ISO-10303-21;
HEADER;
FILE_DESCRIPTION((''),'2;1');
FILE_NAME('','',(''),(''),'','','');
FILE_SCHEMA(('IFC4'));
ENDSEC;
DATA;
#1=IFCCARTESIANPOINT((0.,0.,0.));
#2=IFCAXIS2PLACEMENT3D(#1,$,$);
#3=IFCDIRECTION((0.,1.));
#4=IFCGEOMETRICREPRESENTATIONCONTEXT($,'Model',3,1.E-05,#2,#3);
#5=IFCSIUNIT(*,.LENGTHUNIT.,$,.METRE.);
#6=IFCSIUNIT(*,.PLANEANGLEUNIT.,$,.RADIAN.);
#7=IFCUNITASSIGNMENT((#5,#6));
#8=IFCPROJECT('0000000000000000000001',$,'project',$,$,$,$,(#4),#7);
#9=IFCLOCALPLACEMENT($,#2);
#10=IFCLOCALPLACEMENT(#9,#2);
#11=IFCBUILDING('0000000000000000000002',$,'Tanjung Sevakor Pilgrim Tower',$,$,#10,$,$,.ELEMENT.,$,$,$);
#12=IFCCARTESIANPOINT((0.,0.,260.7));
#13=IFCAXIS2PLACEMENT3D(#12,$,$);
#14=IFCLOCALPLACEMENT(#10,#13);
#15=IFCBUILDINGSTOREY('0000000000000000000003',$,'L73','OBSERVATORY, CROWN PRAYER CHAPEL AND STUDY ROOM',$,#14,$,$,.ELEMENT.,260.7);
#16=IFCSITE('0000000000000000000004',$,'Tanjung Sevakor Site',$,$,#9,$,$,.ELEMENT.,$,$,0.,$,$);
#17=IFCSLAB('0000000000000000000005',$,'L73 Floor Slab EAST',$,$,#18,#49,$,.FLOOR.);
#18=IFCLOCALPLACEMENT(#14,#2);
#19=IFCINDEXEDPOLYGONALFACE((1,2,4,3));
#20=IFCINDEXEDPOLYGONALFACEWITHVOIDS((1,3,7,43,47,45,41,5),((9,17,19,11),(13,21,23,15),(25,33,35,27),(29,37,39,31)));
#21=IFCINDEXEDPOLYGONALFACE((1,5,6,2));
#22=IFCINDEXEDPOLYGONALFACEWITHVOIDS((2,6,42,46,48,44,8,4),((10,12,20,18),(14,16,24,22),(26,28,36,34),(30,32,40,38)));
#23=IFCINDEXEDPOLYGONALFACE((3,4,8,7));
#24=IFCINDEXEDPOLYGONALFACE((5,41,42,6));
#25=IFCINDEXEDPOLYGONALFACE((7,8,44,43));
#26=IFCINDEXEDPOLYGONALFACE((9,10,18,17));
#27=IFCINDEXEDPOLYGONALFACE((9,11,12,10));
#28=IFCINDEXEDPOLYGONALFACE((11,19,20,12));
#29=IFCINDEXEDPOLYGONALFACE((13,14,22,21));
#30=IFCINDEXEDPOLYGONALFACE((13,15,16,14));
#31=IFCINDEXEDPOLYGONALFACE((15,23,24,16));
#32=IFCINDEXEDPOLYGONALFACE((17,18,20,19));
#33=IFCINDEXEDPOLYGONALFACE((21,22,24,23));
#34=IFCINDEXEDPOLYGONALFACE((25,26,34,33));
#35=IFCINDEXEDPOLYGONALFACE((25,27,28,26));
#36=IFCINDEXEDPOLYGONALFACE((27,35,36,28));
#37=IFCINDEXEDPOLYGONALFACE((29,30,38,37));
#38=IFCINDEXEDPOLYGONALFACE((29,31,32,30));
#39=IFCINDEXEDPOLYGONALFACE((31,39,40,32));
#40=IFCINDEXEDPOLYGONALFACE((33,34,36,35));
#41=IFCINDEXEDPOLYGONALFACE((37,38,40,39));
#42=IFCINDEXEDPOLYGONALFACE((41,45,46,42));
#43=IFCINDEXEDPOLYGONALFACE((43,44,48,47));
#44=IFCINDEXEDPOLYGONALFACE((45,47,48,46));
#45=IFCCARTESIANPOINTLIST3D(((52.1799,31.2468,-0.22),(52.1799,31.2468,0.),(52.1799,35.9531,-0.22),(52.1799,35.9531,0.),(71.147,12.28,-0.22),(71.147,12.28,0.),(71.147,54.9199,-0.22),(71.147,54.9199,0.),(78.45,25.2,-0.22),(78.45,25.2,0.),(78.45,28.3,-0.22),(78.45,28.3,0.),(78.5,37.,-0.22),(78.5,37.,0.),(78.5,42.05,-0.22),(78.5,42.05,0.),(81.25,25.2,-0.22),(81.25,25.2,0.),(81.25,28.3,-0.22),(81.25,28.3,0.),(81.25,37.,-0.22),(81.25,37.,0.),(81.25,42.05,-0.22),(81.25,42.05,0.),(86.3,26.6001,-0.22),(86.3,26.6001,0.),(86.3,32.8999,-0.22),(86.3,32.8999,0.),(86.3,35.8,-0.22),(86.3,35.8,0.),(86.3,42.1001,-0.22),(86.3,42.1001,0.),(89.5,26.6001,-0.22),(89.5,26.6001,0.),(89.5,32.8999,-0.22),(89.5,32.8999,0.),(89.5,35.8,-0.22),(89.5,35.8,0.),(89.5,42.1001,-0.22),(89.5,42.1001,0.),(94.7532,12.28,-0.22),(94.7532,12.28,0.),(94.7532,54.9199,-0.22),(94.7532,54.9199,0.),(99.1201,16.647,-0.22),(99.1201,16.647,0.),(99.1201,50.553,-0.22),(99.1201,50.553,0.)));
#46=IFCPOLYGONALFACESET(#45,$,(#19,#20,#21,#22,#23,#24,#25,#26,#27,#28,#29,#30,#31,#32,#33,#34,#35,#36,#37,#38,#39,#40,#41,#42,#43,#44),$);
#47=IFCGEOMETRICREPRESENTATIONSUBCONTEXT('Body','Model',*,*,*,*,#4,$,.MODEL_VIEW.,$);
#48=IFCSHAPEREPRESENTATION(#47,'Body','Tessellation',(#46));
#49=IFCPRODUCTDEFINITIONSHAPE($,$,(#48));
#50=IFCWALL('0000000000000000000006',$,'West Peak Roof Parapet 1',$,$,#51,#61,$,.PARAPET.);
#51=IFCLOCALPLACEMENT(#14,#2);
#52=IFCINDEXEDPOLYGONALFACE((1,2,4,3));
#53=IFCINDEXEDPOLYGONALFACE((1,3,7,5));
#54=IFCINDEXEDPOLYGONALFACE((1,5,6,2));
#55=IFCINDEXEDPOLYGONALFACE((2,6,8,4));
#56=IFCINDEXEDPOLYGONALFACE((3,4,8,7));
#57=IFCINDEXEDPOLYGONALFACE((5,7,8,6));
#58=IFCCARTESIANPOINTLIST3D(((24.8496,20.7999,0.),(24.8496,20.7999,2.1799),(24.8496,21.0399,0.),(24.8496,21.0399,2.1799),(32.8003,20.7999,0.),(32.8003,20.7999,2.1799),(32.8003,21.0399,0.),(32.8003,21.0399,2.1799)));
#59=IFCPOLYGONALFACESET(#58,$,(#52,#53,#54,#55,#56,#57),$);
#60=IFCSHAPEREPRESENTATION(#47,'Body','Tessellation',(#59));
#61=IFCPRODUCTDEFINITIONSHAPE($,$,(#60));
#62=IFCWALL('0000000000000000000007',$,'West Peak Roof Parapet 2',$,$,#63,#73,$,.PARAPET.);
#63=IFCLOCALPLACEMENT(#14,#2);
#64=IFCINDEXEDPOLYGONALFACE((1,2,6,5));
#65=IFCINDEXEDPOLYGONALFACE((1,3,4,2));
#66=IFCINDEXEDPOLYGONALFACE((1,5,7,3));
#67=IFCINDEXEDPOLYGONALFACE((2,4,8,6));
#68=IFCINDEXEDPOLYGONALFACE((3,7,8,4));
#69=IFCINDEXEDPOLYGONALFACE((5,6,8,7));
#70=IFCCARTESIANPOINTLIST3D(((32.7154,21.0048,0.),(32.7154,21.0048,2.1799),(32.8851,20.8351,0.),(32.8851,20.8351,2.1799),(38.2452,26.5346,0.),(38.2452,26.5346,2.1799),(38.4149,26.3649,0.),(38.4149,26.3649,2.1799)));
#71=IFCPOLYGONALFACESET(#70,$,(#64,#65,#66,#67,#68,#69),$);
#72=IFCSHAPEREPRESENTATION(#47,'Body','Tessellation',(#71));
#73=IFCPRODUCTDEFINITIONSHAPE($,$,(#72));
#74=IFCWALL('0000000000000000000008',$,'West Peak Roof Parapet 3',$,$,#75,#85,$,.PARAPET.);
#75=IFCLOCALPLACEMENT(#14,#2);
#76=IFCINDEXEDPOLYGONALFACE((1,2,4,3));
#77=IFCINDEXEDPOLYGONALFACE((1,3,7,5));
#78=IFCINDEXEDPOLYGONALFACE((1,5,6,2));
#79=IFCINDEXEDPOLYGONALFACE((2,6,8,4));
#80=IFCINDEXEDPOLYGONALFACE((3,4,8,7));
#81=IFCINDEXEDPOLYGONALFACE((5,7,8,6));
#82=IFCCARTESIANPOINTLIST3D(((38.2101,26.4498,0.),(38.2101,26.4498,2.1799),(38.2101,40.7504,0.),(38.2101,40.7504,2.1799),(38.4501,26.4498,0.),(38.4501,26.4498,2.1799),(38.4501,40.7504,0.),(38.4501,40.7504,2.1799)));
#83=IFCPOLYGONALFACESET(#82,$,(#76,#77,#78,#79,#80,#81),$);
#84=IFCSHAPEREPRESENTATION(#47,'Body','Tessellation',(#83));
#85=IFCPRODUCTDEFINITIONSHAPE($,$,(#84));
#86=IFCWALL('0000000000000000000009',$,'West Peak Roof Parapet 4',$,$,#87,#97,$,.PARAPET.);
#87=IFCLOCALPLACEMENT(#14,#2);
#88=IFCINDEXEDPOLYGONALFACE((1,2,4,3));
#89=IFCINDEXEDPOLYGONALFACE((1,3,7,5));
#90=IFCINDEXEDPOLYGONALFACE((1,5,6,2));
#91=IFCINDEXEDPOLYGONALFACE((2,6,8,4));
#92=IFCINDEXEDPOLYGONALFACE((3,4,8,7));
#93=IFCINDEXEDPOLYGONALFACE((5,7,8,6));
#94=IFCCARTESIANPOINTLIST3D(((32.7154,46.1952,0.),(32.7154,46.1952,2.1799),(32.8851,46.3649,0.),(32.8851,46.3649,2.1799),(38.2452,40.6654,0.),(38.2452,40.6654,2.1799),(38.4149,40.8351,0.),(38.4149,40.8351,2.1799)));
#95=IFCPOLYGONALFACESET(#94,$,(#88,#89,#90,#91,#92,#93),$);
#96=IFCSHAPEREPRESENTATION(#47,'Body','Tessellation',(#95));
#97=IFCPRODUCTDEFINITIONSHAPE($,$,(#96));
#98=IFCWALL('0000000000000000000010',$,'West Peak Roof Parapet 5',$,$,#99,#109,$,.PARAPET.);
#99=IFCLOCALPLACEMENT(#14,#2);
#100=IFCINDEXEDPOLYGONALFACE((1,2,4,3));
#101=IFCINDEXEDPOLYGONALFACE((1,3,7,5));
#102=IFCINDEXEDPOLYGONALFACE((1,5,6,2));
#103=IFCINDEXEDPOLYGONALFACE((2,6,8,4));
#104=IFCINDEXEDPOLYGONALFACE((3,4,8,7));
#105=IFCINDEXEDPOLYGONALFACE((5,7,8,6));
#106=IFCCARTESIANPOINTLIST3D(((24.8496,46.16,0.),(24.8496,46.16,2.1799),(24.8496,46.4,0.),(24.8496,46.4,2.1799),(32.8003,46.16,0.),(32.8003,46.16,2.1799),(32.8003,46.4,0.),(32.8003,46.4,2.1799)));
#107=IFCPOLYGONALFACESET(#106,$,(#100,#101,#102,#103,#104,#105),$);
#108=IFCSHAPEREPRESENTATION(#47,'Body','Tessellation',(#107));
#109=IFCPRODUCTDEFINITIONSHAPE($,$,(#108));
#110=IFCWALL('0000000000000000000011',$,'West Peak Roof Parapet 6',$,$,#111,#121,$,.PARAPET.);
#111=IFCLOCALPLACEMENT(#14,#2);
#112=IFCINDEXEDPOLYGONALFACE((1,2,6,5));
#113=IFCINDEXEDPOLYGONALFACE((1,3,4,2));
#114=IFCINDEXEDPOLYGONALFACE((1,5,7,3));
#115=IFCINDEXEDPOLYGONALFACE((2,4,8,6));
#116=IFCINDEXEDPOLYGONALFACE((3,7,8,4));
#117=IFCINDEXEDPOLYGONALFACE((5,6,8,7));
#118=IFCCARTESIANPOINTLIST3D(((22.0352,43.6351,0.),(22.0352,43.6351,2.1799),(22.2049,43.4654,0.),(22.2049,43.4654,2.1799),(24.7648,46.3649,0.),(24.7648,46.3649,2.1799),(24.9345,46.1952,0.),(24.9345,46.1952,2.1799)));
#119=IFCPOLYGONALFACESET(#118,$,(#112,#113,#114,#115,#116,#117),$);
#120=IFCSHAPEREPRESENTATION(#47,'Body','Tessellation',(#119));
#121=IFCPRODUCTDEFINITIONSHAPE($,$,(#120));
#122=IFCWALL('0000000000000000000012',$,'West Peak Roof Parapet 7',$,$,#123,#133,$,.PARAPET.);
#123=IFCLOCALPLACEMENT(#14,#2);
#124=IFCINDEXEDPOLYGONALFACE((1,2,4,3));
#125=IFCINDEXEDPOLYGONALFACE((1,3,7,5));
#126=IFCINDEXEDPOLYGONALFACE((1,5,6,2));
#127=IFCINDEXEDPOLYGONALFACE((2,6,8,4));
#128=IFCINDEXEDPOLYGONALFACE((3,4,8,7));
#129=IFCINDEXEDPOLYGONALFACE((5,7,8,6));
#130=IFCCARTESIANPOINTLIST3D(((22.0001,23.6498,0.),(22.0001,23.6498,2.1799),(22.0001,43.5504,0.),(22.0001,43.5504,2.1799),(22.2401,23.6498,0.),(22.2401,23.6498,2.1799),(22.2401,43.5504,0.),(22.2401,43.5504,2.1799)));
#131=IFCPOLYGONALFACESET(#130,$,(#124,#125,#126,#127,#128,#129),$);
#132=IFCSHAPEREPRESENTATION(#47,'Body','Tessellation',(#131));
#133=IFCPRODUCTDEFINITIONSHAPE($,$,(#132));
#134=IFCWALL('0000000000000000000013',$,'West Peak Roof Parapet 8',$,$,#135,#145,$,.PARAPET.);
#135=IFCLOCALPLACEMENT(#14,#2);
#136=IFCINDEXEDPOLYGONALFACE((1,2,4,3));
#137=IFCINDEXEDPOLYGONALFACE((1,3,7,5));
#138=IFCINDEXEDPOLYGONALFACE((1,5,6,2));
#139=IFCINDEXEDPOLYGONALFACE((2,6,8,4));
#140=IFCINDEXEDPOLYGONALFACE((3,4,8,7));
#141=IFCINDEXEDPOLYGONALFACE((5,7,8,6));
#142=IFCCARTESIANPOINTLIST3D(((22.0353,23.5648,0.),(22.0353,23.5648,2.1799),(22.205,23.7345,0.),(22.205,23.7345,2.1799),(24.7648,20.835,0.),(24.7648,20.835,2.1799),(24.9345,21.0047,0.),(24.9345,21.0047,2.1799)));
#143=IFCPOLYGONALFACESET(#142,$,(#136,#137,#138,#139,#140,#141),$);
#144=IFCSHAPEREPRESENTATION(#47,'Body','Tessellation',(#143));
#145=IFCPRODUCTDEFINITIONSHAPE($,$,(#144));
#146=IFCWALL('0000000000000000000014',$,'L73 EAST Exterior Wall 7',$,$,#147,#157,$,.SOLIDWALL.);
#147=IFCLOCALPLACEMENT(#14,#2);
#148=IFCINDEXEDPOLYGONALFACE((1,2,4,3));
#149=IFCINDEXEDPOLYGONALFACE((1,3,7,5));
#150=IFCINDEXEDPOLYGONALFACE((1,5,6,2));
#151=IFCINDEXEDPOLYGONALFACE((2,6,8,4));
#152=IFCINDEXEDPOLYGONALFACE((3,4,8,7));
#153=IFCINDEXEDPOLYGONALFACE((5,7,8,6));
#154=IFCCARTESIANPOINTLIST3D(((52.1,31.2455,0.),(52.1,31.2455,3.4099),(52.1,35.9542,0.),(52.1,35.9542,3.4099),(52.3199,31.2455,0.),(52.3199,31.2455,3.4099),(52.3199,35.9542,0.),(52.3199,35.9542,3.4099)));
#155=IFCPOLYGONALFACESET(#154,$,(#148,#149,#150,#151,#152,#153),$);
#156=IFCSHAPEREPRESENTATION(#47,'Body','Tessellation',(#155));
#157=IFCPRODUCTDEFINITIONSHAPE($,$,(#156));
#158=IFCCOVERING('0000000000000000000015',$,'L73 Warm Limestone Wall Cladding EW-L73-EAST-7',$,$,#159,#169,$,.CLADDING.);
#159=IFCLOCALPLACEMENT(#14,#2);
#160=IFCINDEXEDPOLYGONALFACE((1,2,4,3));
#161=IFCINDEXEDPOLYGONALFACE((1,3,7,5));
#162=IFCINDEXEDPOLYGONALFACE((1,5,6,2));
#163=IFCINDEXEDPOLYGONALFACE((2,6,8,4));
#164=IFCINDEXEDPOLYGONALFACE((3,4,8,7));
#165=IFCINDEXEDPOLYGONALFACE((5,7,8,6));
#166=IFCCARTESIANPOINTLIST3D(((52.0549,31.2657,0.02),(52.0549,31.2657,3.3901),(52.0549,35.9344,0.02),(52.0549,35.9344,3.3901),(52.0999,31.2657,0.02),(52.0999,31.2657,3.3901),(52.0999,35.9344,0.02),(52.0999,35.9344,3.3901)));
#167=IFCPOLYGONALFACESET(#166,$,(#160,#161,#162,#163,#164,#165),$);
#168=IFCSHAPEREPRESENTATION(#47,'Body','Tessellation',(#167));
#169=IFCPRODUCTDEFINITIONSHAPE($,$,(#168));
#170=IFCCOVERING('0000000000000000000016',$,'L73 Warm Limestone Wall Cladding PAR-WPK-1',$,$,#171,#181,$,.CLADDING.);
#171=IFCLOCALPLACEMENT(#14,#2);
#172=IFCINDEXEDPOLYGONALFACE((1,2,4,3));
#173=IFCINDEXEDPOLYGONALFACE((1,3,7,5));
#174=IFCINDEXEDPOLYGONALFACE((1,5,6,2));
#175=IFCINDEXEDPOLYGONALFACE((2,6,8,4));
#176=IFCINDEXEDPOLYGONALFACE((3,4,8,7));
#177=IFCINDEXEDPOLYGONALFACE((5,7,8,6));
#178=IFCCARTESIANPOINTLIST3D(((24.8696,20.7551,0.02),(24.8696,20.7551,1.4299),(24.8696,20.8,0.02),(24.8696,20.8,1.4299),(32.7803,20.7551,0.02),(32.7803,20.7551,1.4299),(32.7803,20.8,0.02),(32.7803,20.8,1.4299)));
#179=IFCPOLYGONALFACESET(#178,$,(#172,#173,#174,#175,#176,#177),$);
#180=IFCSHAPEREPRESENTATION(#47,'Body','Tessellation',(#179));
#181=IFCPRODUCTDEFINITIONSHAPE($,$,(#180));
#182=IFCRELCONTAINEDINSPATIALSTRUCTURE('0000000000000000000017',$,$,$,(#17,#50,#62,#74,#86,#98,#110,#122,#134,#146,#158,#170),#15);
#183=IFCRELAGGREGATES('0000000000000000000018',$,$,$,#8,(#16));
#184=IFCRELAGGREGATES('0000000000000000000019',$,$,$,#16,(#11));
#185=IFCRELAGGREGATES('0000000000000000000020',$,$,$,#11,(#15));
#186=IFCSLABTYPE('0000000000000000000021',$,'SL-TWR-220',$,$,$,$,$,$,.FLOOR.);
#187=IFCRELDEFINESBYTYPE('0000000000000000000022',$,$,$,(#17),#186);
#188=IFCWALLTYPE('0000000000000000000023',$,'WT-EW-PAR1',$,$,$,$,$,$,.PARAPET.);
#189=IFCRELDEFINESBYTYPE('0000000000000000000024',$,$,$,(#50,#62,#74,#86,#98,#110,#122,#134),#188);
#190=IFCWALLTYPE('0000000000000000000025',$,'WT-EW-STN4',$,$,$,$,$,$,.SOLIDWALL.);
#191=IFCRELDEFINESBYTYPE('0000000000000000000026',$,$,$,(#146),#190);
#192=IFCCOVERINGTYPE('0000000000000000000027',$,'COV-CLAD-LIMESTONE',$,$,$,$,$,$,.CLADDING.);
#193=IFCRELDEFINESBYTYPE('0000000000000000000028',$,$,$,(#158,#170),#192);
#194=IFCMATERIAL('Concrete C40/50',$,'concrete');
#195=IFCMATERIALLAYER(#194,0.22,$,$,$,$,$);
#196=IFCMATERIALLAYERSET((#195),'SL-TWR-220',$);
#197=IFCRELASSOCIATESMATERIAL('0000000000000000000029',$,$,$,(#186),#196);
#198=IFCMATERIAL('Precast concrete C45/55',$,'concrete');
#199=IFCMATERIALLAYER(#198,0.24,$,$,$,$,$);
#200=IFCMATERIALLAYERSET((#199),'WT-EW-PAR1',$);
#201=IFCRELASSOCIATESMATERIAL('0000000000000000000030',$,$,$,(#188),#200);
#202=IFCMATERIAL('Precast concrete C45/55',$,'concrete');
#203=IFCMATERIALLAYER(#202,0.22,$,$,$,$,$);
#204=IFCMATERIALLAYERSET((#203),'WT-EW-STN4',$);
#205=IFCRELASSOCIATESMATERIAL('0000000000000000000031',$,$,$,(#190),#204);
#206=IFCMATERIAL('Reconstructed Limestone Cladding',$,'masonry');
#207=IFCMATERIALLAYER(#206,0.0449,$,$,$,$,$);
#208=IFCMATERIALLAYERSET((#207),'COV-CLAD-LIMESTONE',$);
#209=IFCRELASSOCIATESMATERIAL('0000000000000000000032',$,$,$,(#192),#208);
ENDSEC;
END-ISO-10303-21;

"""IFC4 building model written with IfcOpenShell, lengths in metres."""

from ifc_helpers import new_model, si_unit, direction, frame, frame_2d, origin, origin_2d, place, context, subcontext, project, spatial, polyline, rectangle, outline, extrude, material, layer, layer_set, type_object, element, save


model = new_model("IFC4")

# Units and contexts
model_context = context("Model", 3, precision=1e-05, world=origin(), true_north=direction((0.0, 1.0)))
body_context = subcontext(model_context, "Body", "Model", "MODEL_VIEW")
ifc_project = project(units=[si_unit("LENGTHUNIT", "METRE"), si_unit("PLANEANGLEUNIT", "RADIAN")], contexts=[model_context])

# Site, building, storey
site_placement = place(None, origin())
site = spatial("IfcSite", under=ifc_project, at=site_placement, Name="Tanjung Sevakor Site", CompositionType="ELEMENT", RefElevation=0.0)
building_placement = place(site_placement, origin())
building = spatial("IfcBuilding", under=site, at=building_placement, Name="Tanjung Sevakor Pilgrim Tower", CompositionType="ELEMENT")
storey_placement = place(building_placement, frame((0.0, 0.0, 260.7)))
storey = spatial("IfcBuildingStorey", under=building, at=storey_placement, Name="L73", Description="OBSERVATORY, CROWN PRAYER CHAPEL AND STUDY ROOM", CompositionType="ELEMENT", Elevation=260.7)

# Slab
ifc_material_1 = material(Name="Concrete C40/50", Category="concrete")
ifc_layer_1 = layer(ifc_material_1, 0.22)
ifc_layer_set_1 = layer_set([ifc_layer_1], Name="SL-TWR-220")
slab_type_1 = type_object("IfcSlabType", Name="SL-TWR-220", PredefinedType="FLOOR", material=ifc_layer_set_1)
slab_1_placement = place(storey_placement, frame((0.0, 0.0, -0.22)))
element("IfcSlab", 1, at=slab_1_placement, inside=storey, type_object=slab_type_1, Name="L73 Floor Slab EAST", PredefinedType="FLOOR", context=body_context, shape_type="SweptSolid", body=[
    extrude(outline(polyline([(71.147, 12.28), (94.7532, 12.28), (99.1201, 16.647), (99.1201, 50.553), (94.7532, 54.9199), (71.147, 54.9199), (52.1799, 35.9531), (52.1799, 31.2468), (71.147, 12.28)]), holes=[polyline([(89.5, 26.6001), (89.5, 32.8999), (86.3, 32.8999), (86.3, 26.6001), (89.5, 26.6001)]), polyline([(89.5, 35.8), (89.5, 42.1001), (86.3, 42.1001), (86.3, 35.8), (89.5, 35.8)]), polyline([(78.45, 25.2), (81.25, 25.2), (81.25, 28.3), (78.45, 28.3), (78.45, 25.2)]), polyline([(78.5, 37.0), (81.25, 37.0), (81.25, 42.05), (78.5, 42.05), (78.5, 37.0)])]), origin(), (0.0, 0.0, 1.0), 0.22),
])

# Walls
ifc_material_2 = material(Name="Precast concrete C45/55", Category="concrete")
ifc_layer_2 = layer(ifc_material_2, 0.24)
ifc_layer_set_2 = layer_set([ifc_layer_2], Name="WT-EW-PAR1")
wall_type_1 = type_object("IfcWallType", Name="WT-EW-PAR1", PredefinedType="PARAPET", material=ifc_layer_set_2)
wall_1_placement = place(storey_placement, frame((24.8496, 20.9199, 0.0), z_axis=(0.0, 0.0, 1.0), x_axis=(1.0, 0.0, 0.0)))
element("IfcWall", 2, at=wall_1_placement, inside=storey, type_object=wall_type_1, Name="West Peak Roof Parapet 1", PredefinedType="PARAPET", context=body_context, shape_type="SweptSolid", body=[
    extrude(rectangle(XDim=7.9507, YDim=0.24, at=frame_2d((3.9753, 0.0))), origin(), (0.0, 0.0, 1.0), 2.1799),
])
wall_2_placement = place(storey_placement, frame((32.8003, 20.9199, 0.0), z_axis=(0.0, 0.0, 1.0), x_axis=(0.707107, 0.707107, 0.0)))
element("IfcWall", 3, at=wall_2_placement, inside=storey, type_object=wall_type_1, Name="West Peak Roof Parapet 2", PredefinedType="PARAPET", context=body_context, shape_type="SweptSolid", body=[
    extrude(rectangle(XDim=7.8203, YDim=0.24, at=frame_2d((3.9102, 0.0))), origin(), (0.0, 0.0, 1.0), 2.1799),
])
wall_3_placement = place(storey_placement, frame((38.3301, 26.4497, 0.0), z_axis=(0.0, 0.0, 1.0), x_axis=(0.0, 1.0, 0.0)))
element("IfcWall", 4, at=wall_3_placement, inside=storey, type_object=wall_type_1, Name="West Peak Roof Parapet 3", PredefinedType="PARAPET", context=body_context, shape_type="SweptSolid", body=[
    extrude(rectangle(XDim=14.3005, YDim=0.24, at=frame_2d((7.1504, 0.0))), origin(), (0.0, 0.0, 1.0), 2.1799),
])
wall_4_placement = place(storey_placement, frame((38.3301, 40.7502, 0.0), z_axis=(0.0, 0.0, 1.0), x_axis=(-0.707107, 0.707107, 0.0)))
element("IfcWall", 5, at=wall_4_placement, inside=storey, type_object=wall_type_1, Name="West Peak Roof Parapet 4", PredefinedType="PARAPET", context=body_context, shape_type="SweptSolid", body=[
    extrude(rectangle(XDim=7.8203, YDim=0.24, at=frame_2d((3.9102, 0.0))), origin(), (0.0, 0.0, 1.0), 2.1799),
])
wall_5_placement = place(storey_placement, frame((32.8003, 46.28, 0.0), z_axis=(0.0, 0.0, 1.0), x_axis=(-1.0, 0.0, 0.0)))
element("IfcWall", 6, at=wall_5_placement, inside=storey, type_object=wall_type_1, Name="West Peak Roof Parapet 5", PredefinedType="PARAPET", context=body_context, shape_type="SweptSolid", body=[
    extrude(rectangle(XDim=7.9507, YDim=0.24, at=frame_2d((3.9753, 0.0))), origin(), (0.0, 0.0, 1.0), 2.1799),
])
wall_6_placement = place(storey_placement, frame((24.8496, 46.28, 0.0), z_axis=(0.0, 0.0, 1.0), x_axis=(-0.707075, -0.707138, 0.0)))
element("IfcWall", 7, at=wall_6_placement, inside=storey, type_object=wall_type_1, Name="West Peak Roof Parapet 6", PredefinedType="PARAPET", context=body_context, shape_type="SweptSolid", body=[
    extrude(rectangle(XDim=3.8604, YDim=0.24, at=frame_2d((1.9302, 0.0))), origin(), (0.0, 0.0, 1.0), 2.1799),
])
wall_7_placement = place(storey_placement, frame((22.1201, 43.5503, 0.0), z_axis=(0.0, 0.0, 1.0), x_axis=(0.0, -1.0, 0.0)))
element("IfcWall", 8, at=wall_7_placement, inside=storey, type_object=wall_type_1, Name="West Peak Roof Parapet 7", PredefinedType="PARAPET", context=body_context, shape_type="SweptSolid", body=[
    extrude(rectangle(XDim=19.9006, YDim=0.24, at=frame_2d((9.9502, 0.0))), origin(), (0.0, 0.0, 1.0), 2.1799),
])
wall_8_placement = place(storey_placement, frame((22.1201, 23.6497, 0.0), z_axis=(0.0, 0.0, 1.0), x_axis=(0.707075, -0.707138, 0.0)))
element("IfcWall", 9, at=wall_8_placement, inside=storey, type_object=wall_type_1, Name="West Peak Roof Parapet 8", PredefinedType="PARAPET", context=body_context, shape_type="SweptSolid", body=[
    extrude(rectangle(XDim=3.8604, YDim=0.24, at=frame_2d((1.9302, 0.0))), origin(), (0.0, 0.0, 1.0), 2.1799),
])
ifc_material_3 = material(Name="Precast concrete C45/55", Category="concrete")
ifc_layer_3 = layer(ifc_material_3, 0.22)
ifc_layer_set_3 = layer_set([ifc_layer_3], Name="WT-EW-STN4")
wall_type_2 = type_object("IfcWallType", Name="WT-EW-STN4", PredefinedType="SOLIDWALL", material=ifc_layer_set_3)
wall_9_placement = place(storey_placement, frame((52.21, 35.9543, 0.0), z_axis=(0.0, 0.0, 1.0), x_axis=(0.0, -1.0, 0.0)))
element("IfcWall", 10, at=wall_9_placement, inside=storey, type_object=wall_type_2, Name="L73 EAST Exterior Wall 7", PredefinedType="SOLIDWALL", context=body_context, shape_type="SweptSolid", body=[
    extrude(rectangle(XDim=4.7087, YDim=0.22, at=frame_2d((2.3545, 0.0))), origin(), (0.0, 0.0, 1.0), 3.4099),
])

# Coverings
ifc_material_4 = material(Name="Reconstructed Limestone Cladding", Category="masonry")
ifc_layer_4 = layer(ifc_material_4, 0.0449)
ifc_layer_set_4 = layer_set([ifc_layer_4], Name="COV-CLAD-LIMESTONE")
covering_type_1 = type_object("IfcCoveringType", Name="COV-CLAD-LIMESTONE", PredefinedType="CLADDING", material=ifc_layer_set_4)
covering_1_placement = place(storey_placement, frame((52.0774, 33.6001, 0.02), z_axis=(0.0, 0.0, 1.0), x_axis=(0.0, -1.0, 0.0)))
element("IfcCovering", 11, at=covering_1_placement, inside=storey, type_object=covering_type_1, Name="L73 Warm Limestone Wall Cladding EW-L73-EAST-7", PredefinedType="CLADDING", context=body_context, shape_type="SweptSolid", body=[
    extrude(rectangle(XDim=4.6687, YDim=0.0449, at=origin_2d()), origin(), (0.0, 0.0, 1.0), 3.3701),
])
covering_2_placement = place(storey_placement, frame((28.825, 20.7776, 0.02), z_axis=(0.0, 0.0, 1.0), x_axis=(1.0, 0.0, 0.0)))
element("IfcCovering", 12, at=covering_2_placement, inside=storey, type_object=covering_type_1, Name="L73 Warm Limestone Wall Cladding PAR-WPK-1", PredefinedType="CLADDING", context=body_context, shape_type="SweptSolid", body=[
    extrude(rectangle(XDim=7.9106, YDim=0.0449, at=origin_2d()), origin(), (0.0, 0.0, 1.0), 1.4099),
])

save(model, "model.ifc")
